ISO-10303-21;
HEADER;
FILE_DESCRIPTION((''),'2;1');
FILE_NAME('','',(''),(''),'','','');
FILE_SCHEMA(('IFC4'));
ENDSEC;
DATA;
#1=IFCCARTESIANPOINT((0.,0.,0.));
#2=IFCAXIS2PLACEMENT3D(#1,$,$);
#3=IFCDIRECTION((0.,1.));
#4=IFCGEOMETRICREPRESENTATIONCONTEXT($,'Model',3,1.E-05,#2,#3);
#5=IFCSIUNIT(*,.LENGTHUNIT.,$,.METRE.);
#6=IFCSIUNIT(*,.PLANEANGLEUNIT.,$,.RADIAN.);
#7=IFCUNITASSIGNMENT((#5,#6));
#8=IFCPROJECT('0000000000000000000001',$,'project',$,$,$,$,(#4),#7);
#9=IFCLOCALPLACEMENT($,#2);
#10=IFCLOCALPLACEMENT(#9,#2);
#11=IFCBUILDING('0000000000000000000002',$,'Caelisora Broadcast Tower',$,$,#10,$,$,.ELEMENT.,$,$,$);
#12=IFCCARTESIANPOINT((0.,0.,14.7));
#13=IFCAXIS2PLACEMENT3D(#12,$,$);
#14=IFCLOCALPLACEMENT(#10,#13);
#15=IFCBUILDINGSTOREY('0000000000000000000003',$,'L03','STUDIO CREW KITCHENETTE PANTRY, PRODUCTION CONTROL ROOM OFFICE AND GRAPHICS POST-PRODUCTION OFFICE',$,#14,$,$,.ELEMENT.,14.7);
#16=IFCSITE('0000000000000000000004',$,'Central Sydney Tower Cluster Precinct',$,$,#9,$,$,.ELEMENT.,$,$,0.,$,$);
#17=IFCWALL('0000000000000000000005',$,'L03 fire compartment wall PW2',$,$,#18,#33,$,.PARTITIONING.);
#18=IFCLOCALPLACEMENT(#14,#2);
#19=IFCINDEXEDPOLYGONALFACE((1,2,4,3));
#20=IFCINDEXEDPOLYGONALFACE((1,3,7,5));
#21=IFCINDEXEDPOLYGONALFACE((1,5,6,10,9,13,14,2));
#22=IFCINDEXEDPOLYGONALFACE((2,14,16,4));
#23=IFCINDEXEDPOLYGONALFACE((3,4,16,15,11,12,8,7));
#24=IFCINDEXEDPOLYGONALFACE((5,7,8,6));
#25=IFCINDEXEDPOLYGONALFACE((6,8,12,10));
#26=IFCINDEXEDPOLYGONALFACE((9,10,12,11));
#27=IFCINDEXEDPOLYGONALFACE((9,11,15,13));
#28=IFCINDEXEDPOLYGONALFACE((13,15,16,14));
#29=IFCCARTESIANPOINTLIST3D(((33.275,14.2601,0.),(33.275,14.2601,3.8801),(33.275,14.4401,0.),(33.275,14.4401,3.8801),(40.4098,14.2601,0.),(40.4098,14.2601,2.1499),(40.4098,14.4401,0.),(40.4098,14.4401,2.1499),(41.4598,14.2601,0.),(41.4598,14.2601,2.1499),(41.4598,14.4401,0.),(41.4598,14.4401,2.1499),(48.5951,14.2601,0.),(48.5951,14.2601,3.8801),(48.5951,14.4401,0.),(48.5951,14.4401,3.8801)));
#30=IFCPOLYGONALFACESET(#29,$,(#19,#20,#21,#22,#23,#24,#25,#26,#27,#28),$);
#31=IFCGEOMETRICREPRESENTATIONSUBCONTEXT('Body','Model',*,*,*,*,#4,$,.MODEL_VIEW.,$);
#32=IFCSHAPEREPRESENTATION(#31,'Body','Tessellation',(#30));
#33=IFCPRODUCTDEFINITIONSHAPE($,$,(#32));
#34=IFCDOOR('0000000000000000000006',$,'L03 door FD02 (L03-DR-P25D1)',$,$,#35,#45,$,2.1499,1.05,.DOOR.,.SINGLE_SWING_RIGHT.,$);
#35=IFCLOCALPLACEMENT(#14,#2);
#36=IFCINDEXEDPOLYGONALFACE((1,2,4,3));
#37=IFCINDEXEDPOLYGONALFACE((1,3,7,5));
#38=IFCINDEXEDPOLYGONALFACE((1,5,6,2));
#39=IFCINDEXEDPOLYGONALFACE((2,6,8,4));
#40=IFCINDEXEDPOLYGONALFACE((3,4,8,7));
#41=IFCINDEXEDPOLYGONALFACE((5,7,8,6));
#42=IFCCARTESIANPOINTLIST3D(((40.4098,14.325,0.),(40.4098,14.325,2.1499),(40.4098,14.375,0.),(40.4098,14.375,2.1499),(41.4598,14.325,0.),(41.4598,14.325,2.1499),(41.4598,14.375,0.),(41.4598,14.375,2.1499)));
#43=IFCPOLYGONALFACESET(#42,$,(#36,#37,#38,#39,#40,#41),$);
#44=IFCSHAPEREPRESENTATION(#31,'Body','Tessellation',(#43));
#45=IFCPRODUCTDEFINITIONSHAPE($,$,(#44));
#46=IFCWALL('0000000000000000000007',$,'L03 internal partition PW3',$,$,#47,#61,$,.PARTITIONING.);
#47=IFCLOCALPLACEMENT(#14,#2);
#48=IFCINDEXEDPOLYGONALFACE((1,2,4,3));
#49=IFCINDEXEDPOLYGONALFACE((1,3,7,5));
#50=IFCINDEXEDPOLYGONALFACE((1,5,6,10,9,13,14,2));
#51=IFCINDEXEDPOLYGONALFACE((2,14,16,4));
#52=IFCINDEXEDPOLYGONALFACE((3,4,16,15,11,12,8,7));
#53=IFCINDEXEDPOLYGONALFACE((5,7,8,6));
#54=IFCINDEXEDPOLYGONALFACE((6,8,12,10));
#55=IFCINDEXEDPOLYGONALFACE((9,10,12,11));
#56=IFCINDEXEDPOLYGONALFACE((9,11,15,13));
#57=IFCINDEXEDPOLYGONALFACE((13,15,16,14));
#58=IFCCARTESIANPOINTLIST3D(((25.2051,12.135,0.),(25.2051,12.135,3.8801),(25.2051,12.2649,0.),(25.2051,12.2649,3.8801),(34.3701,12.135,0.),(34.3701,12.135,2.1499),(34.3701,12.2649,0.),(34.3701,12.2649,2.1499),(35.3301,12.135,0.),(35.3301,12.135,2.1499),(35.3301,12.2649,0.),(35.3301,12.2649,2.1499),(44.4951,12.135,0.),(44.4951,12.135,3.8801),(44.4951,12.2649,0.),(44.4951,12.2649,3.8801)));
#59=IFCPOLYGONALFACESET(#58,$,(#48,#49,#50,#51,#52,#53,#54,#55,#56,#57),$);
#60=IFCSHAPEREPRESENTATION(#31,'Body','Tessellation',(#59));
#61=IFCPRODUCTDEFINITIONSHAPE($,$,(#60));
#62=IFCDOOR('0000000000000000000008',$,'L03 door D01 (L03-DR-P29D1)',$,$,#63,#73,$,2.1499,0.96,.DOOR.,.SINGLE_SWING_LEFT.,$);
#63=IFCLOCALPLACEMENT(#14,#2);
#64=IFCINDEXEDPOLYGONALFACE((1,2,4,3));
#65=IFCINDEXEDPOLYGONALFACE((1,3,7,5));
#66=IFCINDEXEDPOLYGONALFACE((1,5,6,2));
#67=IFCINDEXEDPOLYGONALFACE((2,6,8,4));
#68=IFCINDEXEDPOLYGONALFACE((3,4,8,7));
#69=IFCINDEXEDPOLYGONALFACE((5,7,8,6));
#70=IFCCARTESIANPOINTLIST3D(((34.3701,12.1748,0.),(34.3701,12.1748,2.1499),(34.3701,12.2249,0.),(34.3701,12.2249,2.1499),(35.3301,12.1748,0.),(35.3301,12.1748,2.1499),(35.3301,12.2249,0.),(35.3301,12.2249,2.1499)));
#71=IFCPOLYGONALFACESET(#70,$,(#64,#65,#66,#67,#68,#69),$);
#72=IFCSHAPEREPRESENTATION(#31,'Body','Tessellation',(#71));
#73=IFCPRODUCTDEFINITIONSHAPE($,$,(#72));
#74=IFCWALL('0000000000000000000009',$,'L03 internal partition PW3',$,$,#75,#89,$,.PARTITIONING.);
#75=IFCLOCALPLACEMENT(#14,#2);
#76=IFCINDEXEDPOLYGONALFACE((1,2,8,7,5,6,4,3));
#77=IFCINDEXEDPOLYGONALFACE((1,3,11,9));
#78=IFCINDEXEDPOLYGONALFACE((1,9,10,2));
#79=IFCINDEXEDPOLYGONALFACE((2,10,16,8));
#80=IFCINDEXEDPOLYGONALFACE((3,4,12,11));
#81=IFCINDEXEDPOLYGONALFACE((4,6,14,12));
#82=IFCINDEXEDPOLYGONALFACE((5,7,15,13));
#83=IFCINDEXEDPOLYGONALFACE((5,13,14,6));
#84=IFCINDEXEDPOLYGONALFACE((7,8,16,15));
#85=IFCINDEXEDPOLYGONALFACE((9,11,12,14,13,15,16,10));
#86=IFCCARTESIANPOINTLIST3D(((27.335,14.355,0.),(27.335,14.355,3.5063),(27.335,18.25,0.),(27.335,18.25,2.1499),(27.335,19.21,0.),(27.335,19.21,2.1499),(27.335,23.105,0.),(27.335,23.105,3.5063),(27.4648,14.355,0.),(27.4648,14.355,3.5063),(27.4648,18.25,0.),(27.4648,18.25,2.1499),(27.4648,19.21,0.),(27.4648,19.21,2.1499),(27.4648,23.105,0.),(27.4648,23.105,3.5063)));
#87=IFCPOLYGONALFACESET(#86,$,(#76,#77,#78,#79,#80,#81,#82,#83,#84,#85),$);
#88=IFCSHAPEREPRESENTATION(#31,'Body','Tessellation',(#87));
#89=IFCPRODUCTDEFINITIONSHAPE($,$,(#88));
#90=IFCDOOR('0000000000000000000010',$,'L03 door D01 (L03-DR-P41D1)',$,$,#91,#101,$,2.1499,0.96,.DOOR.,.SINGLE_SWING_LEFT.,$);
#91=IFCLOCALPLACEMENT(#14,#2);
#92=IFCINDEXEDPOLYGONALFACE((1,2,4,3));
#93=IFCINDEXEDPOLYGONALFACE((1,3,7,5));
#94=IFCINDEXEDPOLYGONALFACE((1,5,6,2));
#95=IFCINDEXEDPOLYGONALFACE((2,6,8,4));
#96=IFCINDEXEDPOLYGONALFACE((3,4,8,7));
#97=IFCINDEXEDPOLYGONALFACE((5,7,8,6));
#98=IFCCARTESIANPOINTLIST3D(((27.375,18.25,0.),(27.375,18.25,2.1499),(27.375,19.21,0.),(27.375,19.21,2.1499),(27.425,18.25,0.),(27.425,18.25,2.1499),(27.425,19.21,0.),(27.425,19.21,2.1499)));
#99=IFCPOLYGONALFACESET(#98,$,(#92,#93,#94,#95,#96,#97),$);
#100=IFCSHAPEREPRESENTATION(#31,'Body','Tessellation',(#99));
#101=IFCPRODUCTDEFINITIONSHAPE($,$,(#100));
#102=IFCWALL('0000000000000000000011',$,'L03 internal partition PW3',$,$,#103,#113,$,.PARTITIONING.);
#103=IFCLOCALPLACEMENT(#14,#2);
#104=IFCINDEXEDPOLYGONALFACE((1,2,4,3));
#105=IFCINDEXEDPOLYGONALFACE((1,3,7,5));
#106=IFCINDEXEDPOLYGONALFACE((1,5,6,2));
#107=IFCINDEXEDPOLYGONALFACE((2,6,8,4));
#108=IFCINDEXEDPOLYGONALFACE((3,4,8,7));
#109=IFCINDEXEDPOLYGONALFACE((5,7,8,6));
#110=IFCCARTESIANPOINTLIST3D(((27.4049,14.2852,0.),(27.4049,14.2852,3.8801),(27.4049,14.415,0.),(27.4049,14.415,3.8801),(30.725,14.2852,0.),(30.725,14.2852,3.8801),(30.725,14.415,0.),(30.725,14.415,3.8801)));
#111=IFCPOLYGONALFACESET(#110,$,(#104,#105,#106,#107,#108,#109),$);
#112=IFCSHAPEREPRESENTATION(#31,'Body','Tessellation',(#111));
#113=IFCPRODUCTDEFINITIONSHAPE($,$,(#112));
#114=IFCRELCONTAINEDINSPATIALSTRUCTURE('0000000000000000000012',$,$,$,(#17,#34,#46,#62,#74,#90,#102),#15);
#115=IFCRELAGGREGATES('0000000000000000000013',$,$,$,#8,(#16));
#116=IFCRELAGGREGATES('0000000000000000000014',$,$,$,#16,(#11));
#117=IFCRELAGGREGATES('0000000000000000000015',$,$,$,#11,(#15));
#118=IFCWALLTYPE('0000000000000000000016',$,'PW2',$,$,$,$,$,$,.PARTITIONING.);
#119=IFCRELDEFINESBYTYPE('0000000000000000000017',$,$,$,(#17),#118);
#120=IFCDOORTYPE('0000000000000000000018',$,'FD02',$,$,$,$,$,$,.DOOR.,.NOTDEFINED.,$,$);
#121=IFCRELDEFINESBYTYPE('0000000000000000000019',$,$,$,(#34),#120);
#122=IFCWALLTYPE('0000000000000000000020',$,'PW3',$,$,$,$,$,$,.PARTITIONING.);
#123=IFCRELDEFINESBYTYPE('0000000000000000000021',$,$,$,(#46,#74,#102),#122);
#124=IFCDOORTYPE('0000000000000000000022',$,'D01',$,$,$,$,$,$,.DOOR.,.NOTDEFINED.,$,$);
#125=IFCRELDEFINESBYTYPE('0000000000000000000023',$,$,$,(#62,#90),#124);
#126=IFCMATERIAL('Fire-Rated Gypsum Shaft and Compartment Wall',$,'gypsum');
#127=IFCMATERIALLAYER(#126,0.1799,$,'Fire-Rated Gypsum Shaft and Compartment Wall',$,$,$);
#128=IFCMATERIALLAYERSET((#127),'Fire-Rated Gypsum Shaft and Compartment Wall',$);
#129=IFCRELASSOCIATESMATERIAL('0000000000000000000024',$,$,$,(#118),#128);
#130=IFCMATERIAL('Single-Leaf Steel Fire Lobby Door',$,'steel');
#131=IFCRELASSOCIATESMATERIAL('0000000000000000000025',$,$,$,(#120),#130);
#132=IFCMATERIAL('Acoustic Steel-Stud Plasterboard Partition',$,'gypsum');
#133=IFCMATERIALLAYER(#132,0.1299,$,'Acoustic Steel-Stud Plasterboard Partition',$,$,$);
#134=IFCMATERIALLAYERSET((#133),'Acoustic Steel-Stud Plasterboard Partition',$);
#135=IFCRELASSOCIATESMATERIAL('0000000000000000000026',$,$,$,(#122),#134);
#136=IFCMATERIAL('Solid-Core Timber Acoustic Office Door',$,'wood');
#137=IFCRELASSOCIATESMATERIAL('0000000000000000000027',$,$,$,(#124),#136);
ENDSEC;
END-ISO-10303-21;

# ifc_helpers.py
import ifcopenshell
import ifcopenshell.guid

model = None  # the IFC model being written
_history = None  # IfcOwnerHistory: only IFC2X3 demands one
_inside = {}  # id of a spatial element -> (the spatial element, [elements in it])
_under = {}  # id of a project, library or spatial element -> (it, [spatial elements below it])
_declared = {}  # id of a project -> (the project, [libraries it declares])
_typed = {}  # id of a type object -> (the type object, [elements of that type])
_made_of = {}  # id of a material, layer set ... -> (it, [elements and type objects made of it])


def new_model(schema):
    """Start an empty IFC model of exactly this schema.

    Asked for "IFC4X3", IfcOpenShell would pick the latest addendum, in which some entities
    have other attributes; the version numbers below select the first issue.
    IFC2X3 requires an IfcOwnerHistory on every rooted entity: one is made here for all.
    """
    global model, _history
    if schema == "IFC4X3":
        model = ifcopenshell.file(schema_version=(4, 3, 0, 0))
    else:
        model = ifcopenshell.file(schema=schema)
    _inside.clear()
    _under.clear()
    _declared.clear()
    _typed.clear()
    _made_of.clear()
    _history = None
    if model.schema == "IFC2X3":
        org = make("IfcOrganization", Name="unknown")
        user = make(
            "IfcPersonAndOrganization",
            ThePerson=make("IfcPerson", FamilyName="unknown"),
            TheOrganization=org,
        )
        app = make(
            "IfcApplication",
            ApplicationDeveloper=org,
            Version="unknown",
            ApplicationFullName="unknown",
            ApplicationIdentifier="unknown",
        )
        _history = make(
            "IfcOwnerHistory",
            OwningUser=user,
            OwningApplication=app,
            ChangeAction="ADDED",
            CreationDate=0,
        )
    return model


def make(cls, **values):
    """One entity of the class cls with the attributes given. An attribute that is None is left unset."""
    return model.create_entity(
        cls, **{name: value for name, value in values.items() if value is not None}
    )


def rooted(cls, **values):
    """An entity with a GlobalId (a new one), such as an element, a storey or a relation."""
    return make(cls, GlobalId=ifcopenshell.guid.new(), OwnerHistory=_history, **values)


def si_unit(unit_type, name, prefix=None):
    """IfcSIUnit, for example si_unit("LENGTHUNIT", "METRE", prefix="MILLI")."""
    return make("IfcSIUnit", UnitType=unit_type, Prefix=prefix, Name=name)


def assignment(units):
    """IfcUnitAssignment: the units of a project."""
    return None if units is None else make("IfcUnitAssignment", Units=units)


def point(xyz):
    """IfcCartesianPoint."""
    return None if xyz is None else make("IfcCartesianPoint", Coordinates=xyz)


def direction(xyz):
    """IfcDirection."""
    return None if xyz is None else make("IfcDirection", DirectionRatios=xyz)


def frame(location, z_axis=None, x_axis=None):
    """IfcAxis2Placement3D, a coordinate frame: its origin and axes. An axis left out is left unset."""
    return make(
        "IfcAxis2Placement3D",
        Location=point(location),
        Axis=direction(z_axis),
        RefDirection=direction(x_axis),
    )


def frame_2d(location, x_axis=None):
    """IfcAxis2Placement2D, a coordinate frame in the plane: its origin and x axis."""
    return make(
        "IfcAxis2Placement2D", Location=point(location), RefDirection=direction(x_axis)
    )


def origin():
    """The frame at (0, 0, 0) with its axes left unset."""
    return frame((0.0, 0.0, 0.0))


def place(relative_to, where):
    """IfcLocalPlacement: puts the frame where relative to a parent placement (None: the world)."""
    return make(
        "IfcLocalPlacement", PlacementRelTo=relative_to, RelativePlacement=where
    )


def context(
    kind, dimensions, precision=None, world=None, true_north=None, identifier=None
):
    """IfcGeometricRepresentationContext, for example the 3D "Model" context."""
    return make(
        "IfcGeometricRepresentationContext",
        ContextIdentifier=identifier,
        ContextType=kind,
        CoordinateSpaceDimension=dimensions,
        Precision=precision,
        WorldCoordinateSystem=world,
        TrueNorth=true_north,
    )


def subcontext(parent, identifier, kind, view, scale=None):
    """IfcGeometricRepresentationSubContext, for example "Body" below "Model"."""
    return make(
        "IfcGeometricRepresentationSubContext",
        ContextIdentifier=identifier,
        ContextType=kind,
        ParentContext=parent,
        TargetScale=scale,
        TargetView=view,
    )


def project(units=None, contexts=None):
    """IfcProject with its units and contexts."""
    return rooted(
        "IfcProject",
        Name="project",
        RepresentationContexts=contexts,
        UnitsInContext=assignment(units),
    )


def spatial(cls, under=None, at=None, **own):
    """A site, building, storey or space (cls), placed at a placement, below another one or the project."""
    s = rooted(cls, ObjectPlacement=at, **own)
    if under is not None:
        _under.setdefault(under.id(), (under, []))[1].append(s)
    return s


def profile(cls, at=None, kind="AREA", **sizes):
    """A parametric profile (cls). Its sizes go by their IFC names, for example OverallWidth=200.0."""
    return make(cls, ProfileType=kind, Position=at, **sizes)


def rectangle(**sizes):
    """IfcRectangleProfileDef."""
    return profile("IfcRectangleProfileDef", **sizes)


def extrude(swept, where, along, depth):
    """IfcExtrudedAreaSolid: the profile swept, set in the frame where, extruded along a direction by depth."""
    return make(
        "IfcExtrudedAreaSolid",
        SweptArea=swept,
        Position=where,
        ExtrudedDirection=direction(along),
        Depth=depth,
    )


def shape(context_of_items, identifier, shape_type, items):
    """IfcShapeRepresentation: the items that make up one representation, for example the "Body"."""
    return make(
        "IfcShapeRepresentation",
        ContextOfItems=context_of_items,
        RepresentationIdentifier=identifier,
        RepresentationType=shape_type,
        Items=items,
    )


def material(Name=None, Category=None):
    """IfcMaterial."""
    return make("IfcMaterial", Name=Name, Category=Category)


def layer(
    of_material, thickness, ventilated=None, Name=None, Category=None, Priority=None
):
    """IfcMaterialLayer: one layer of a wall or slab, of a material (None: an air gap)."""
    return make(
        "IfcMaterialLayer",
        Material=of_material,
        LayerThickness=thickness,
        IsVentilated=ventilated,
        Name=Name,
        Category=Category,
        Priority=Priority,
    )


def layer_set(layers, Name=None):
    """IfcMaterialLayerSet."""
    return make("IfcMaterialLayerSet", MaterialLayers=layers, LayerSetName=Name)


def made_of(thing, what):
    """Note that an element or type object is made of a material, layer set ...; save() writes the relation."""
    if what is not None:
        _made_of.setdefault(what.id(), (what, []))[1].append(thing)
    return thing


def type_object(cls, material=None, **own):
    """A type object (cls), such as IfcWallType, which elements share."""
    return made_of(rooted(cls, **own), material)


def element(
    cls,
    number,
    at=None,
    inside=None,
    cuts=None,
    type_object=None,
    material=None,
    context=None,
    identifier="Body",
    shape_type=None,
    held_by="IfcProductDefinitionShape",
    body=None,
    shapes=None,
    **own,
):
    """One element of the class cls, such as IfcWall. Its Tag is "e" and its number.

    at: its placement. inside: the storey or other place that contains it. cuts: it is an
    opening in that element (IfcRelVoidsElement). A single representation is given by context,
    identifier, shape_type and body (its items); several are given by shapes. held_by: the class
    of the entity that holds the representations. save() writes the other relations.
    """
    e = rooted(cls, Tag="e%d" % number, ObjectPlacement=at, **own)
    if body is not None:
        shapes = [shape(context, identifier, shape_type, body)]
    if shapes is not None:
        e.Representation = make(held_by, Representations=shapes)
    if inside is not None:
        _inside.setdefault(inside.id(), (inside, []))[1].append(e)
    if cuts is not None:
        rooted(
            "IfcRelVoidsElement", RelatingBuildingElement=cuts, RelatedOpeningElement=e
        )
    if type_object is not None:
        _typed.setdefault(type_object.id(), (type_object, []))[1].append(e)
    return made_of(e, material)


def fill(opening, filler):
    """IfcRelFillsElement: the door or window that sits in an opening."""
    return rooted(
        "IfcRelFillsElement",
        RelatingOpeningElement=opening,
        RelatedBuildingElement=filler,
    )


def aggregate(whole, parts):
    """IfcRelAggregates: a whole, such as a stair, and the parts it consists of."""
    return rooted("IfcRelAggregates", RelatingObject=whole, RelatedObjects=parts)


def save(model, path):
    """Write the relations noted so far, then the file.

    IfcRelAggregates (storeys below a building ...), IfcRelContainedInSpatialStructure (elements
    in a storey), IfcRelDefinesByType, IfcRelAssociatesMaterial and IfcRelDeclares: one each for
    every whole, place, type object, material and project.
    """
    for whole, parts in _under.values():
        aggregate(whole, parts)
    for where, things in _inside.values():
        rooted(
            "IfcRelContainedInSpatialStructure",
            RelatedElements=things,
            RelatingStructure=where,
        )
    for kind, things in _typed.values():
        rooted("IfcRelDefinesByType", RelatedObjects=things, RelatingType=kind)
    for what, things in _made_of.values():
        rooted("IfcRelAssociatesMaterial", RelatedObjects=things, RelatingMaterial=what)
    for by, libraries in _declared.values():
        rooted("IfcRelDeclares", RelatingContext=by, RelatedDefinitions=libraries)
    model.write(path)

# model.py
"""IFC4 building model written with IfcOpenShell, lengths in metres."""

from ifc_helpers import new_model, si_unit, direction, frame, frame_2d, origin, place, context, subcontext, project, spatial, rectangle, extrude, material, layer, layer_set, type_object, element, fill, save


model = new_model("IFC4")

# Units and contexts
model_context = context("Model", 3, precision=1e-05, world=origin(), true_north=direction((0.0, 1.0)))
body_context = subcontext(model_context, "Body", "Model", "MODEL_VIEW")
ifc_project = project(units=[si_unit("LENGTHUNIT", "METRE"), si_unit("PLANEANGLEUNIT", "RADIAN")], contexts=[model_context])

# Site, building, storey
site_placement = place(None, origin())
site = spatial("IfcSite", under=ifc_project, at=site_placement, Name="Central Sydney Tower Cluster Precinct", CompositionType="ELEMENT", RefElevation=0.0)
building_placement = place(site_placement, origin())
building = spatial("IfcBuilding", under=site, at=building_placement, Name="Caelisora Broadcast Tower", CompositionType="ELEMENT")
storey_placement = place(building_placement, frame((0.0, 0.0, 14.7)))
storey = spatial("IfcBuildingStorey", under=building, at=storey_placement, Name="L03", Description="STUDIO CREW KITCHENETTE PANTRY, PRODUCTION CONTROL ROOM OFFICE AND GRAPHICS POST-PRODUCTION OFFICE", CompositionType="ELEMENT", Elevation=14.7)

# Shared definitions
ifc_material_1 = material(Name="Fire-Rated Gypsum Shaft and Compartment Wall", Category="gypsum")
ifc_layer_1 = layer(ifc_material_1, 0.1799, Name="Fire-Rated Gypsum Shaft and Compartment Wall")
ifc_layer_set_1 = layer_set([ifc_layer_1], Name="Fire-Rated Gypsum Shaft and Compartment Wall")
wall_type_1 = type_object("IfcWallType", Name="PW2", PredefinedType="PARTITIONING", material=ifc_layer_set_1)

# Walls, openings, doors
wall_1_placement = place(storey_placement, frame((33.2749, 14.3501, 0.0), z_axis=(0.0, 0.0, 1.0), x_axis=(1.0, 0.0, 0.0)))
wall_1 = element("IfcWall", 1, at=wall_1_placement, inside=storey, type_object=wall_type_1, Name="L03 fire compartment wall PW2", PredefinedType="PARTITIONING", context=body_context, shape_type="SweptSolid", body=[
    extrude(rectangle(XDim=15.3201, YDim=0.1799, at=frame_2d((7.6602, 0.0))), origin(), (0.0, 0.0, 1.0), 3.8801),
])
opening_1_placement = place(wall_1_placement, frame((7.135, 0.0, 0.0)))
opening_1 = element("IfcOpeningElement", 2, at=opening_1_placement, cuts=wall_1, PredefinedType="OPENING", context=body_context, shape_type="SweptSolid", body=[
    extrude(rectangle(XDim=1.05, YDim=2.1499, at=frame_2d((0.5249, 1.075))), frame((0.0, 0.1021, 0.0), z_axis=(0.0, -1.0, 0.0), x_axis=(1.0, 0.0, 0.0)), (0.0, 0.0, 1.0), 0.2039),
])
ifc_material_2 = material(Name="Single-Leaf Steel Fire Lobby Door", Category="steel")
door_type_1 = type_object("IfcDoorType", Name="FD02", OperationType="NOTDEFINED", PredefinedType="DOOR", material=ifc_material_2)
door_1_placement = place(opening_1_placement, origin())
door_1 = element("IfcDoor", 3, at=door_1_placement, inside=storey, type_object=door_type_1, Name="L03 door FD02 (L03-DR-P25D1)", OperationType="SINGLE_SWING_RIGHT", OverallHeight=2.1499, OverallWidth=1.05, PredefinedType="DOOR", context=body_context, shape_type="SweptSolid", body=[
    extrude(rectangle(XDim=1.05, YDim=2.1499, at=frame_2d((0.5249, 1.075))), frame((0.0, 0.0249, 0.0), z_axis=(0.0, -1.0, 0.0), x_axis=(1.0, 0.0, 0.0)), (0.0, 0.0, 1.0), 0.05),
])
fill(opening_1, door_1)
ifc_material_3 = material(Name="Acoustic Steel-Stud Plasterboard Partition", Category="gypsum")
ifc_layer_2 = layer(ifc_material_3, 0.1299, Name="Acoustic Steel-Stud Plasterboard Partition")
ifc_layer_set_2 = layer_set([ifc_layer_2], Name="Acoustic Steel-Stud Plasterboard Partition")
wall_type_2 = type_object("IfcWallType", Name="PW3", PredefinedType="PARTITIONING", material=ifc_layer_set_2)
wall_2_placement = place(storey_placement, frame((25.2051, 12.2, 0.0), z_axis=(0.0, 0.0, 1.0), x_axis=(1.0, 0.0, 0.0)))
wall_2 = element("IfcWall", 4, at=wall_2_placement, inside=storey, type_object=wall_type_2, Name="L03 internal partition PW3", PredefinedType="PARTITIONING", context=body_context, shape_type="SweptSolid", body=[
    extrude(rectangle(XDim=19.29, YDim=0.1299, at=frame_2d((9.645, 0.0))), origin(), (0.0, 0.0, 1.0), 3.8801),
])
opening_2_placement = place(wall_2_placement, frame((9.165, 0.0, 0.0)))
opening_2 = element("IfcOpeningElement", 5, at=opening_2_placement, cuts=wall_2, PredefinedType="OPENING", context=body_context, shape_type="SweptSolid", body=[
    extrude(rectangle(XDim=0.96, YDim=2.1499, at=frame_2d((0.48, 1.075))), frame((0.0, 0.0769, 0.0), z_axis=(0.0, -1.0, 0.0), x_axis=(1.0, 0.0, 0.0)), (0.0, 0.0, 1.0), 0.1538),
])
ifc_material_4 = material(Name="Solid-Core Timber Acoustic Office Door", Category="wood")
door_type_2 = type_object("IfcDoorType", Name="D01", OperationType="NOTDEFINED", PredefinedType="DOOR", material=ifc_material_4)
door_2_placement = place(opening_2_placement, origin())
door_2 = element("IfcDoor", 6, at=door_2_placement, inside=storey, type_object=door_type_2, Name="L03 door D01 (L03-DR-P29D1)", OperationType="SINGLE_SWING_LEFT", OverallHeight=2.1499, OverallWidth=0.96, PredefinedType="DOOR", context=body_context, shape_type="SweptSolid", body=[
    extrude(rectangle(XDim=0.96, YDim=2.1499, at=frame_2d((0.48, 1.075))), frame((0.0, 0.0249, 0.0), z_axis=(0.0, -1.0, 0.0), x_axis=(1.0, 0.0, 0.0)), (0.0, 0.0, 1.0), 0.05),
])
fill(opening_2, door_2)
wall_3_placement = place(storey_placement, frame((27.3999, 14.355, 0.0), z_axis=(0.0, 0.0, 1.0), x_axis=(0.0, 1.0, 0.0)))
wall_3 = element("IfcWall", 7, at=wall_3_placement, inside=storey, type_object=wall_type_2, Name="L03 internal partition PW3", PredefinedType="PARTITIONING", context=body_context, shape_type="SweptSolid", body=[
    extrude(rectangle(XDim=8.75, YDim=0.1299, at=frame_2d((4.375, 0.0))), origin(), (0.0, 0.0, 1.0), 3.5063),
])
opening_3_placement = place(wall_3_placement, frame((3.895, 0.0, 0.0)))
opening_3 = element("IfcOpeningElement", 8, at=opening_3_placement, cuts=wall_3, PredefinedType="OPENING", context=body_context, shape_type="SweptSolid", body=[
    extrude(rectangle(XDim=0.96, YDim=2.1499, at=frame_2d((0.48, 1.075))), frame((0.0, 0.0769, 0.0), z_axis=(0.0, -1.0, 0.0), x_axis=(1.0, 0.0, 0.0)), (0.0, 0.0, 1.0), 0.1538),
])
door_3_placement = place(opening_3_placement, origin())
door_3 = element("IfcDoor", 9, at=door_3_placement, inside=storey, type_object=door_type_2, Name="L03 door D01 (L03-DR-P41D1)", OperationType="SINGLE_SWING_LEFT", OverallHeight=2.1499, OverallWidth=0.96, PredefinedType="DOOR", context=body_context, shape_type="SweptSolid", body=[
    extrude(rectangle(XDim=0.96, YDim=2.1499, at=frame_2d((0.48, 1.075))), frame((0.0, 0.0249, 0.0), z_axis=(0.0, -1.0, 0.0), x_axis=(1.0, 0.0, 0.0)), (0.0, 0.0, 1.0), 0.05),
])
fill(opening_3, door_3)

# Wall
wall_4_placement = place(storey_placement, frame((30.7251, 14.3501, 0.0), z_axis=(0.0, 0.0, 1.0), x_axis=(-1.0, 0.0, 0.0)))
element("IfcWall", 10, at=wall_4_placement, inside=storey, type_object=wall_type_2, Name="L03 internal partition PW3", PredefinedType="PARTITIONING", context=body_context, shape_type="SweptSolid", body=[
    extrude(rectangle(XDim=3.3201, YDim=0.1299, at=frame_2d((1.6602, 0.0))), origin(), (0.0, 0.0, 1.0), 3.8801),
])

save(model, "model.ifc")
